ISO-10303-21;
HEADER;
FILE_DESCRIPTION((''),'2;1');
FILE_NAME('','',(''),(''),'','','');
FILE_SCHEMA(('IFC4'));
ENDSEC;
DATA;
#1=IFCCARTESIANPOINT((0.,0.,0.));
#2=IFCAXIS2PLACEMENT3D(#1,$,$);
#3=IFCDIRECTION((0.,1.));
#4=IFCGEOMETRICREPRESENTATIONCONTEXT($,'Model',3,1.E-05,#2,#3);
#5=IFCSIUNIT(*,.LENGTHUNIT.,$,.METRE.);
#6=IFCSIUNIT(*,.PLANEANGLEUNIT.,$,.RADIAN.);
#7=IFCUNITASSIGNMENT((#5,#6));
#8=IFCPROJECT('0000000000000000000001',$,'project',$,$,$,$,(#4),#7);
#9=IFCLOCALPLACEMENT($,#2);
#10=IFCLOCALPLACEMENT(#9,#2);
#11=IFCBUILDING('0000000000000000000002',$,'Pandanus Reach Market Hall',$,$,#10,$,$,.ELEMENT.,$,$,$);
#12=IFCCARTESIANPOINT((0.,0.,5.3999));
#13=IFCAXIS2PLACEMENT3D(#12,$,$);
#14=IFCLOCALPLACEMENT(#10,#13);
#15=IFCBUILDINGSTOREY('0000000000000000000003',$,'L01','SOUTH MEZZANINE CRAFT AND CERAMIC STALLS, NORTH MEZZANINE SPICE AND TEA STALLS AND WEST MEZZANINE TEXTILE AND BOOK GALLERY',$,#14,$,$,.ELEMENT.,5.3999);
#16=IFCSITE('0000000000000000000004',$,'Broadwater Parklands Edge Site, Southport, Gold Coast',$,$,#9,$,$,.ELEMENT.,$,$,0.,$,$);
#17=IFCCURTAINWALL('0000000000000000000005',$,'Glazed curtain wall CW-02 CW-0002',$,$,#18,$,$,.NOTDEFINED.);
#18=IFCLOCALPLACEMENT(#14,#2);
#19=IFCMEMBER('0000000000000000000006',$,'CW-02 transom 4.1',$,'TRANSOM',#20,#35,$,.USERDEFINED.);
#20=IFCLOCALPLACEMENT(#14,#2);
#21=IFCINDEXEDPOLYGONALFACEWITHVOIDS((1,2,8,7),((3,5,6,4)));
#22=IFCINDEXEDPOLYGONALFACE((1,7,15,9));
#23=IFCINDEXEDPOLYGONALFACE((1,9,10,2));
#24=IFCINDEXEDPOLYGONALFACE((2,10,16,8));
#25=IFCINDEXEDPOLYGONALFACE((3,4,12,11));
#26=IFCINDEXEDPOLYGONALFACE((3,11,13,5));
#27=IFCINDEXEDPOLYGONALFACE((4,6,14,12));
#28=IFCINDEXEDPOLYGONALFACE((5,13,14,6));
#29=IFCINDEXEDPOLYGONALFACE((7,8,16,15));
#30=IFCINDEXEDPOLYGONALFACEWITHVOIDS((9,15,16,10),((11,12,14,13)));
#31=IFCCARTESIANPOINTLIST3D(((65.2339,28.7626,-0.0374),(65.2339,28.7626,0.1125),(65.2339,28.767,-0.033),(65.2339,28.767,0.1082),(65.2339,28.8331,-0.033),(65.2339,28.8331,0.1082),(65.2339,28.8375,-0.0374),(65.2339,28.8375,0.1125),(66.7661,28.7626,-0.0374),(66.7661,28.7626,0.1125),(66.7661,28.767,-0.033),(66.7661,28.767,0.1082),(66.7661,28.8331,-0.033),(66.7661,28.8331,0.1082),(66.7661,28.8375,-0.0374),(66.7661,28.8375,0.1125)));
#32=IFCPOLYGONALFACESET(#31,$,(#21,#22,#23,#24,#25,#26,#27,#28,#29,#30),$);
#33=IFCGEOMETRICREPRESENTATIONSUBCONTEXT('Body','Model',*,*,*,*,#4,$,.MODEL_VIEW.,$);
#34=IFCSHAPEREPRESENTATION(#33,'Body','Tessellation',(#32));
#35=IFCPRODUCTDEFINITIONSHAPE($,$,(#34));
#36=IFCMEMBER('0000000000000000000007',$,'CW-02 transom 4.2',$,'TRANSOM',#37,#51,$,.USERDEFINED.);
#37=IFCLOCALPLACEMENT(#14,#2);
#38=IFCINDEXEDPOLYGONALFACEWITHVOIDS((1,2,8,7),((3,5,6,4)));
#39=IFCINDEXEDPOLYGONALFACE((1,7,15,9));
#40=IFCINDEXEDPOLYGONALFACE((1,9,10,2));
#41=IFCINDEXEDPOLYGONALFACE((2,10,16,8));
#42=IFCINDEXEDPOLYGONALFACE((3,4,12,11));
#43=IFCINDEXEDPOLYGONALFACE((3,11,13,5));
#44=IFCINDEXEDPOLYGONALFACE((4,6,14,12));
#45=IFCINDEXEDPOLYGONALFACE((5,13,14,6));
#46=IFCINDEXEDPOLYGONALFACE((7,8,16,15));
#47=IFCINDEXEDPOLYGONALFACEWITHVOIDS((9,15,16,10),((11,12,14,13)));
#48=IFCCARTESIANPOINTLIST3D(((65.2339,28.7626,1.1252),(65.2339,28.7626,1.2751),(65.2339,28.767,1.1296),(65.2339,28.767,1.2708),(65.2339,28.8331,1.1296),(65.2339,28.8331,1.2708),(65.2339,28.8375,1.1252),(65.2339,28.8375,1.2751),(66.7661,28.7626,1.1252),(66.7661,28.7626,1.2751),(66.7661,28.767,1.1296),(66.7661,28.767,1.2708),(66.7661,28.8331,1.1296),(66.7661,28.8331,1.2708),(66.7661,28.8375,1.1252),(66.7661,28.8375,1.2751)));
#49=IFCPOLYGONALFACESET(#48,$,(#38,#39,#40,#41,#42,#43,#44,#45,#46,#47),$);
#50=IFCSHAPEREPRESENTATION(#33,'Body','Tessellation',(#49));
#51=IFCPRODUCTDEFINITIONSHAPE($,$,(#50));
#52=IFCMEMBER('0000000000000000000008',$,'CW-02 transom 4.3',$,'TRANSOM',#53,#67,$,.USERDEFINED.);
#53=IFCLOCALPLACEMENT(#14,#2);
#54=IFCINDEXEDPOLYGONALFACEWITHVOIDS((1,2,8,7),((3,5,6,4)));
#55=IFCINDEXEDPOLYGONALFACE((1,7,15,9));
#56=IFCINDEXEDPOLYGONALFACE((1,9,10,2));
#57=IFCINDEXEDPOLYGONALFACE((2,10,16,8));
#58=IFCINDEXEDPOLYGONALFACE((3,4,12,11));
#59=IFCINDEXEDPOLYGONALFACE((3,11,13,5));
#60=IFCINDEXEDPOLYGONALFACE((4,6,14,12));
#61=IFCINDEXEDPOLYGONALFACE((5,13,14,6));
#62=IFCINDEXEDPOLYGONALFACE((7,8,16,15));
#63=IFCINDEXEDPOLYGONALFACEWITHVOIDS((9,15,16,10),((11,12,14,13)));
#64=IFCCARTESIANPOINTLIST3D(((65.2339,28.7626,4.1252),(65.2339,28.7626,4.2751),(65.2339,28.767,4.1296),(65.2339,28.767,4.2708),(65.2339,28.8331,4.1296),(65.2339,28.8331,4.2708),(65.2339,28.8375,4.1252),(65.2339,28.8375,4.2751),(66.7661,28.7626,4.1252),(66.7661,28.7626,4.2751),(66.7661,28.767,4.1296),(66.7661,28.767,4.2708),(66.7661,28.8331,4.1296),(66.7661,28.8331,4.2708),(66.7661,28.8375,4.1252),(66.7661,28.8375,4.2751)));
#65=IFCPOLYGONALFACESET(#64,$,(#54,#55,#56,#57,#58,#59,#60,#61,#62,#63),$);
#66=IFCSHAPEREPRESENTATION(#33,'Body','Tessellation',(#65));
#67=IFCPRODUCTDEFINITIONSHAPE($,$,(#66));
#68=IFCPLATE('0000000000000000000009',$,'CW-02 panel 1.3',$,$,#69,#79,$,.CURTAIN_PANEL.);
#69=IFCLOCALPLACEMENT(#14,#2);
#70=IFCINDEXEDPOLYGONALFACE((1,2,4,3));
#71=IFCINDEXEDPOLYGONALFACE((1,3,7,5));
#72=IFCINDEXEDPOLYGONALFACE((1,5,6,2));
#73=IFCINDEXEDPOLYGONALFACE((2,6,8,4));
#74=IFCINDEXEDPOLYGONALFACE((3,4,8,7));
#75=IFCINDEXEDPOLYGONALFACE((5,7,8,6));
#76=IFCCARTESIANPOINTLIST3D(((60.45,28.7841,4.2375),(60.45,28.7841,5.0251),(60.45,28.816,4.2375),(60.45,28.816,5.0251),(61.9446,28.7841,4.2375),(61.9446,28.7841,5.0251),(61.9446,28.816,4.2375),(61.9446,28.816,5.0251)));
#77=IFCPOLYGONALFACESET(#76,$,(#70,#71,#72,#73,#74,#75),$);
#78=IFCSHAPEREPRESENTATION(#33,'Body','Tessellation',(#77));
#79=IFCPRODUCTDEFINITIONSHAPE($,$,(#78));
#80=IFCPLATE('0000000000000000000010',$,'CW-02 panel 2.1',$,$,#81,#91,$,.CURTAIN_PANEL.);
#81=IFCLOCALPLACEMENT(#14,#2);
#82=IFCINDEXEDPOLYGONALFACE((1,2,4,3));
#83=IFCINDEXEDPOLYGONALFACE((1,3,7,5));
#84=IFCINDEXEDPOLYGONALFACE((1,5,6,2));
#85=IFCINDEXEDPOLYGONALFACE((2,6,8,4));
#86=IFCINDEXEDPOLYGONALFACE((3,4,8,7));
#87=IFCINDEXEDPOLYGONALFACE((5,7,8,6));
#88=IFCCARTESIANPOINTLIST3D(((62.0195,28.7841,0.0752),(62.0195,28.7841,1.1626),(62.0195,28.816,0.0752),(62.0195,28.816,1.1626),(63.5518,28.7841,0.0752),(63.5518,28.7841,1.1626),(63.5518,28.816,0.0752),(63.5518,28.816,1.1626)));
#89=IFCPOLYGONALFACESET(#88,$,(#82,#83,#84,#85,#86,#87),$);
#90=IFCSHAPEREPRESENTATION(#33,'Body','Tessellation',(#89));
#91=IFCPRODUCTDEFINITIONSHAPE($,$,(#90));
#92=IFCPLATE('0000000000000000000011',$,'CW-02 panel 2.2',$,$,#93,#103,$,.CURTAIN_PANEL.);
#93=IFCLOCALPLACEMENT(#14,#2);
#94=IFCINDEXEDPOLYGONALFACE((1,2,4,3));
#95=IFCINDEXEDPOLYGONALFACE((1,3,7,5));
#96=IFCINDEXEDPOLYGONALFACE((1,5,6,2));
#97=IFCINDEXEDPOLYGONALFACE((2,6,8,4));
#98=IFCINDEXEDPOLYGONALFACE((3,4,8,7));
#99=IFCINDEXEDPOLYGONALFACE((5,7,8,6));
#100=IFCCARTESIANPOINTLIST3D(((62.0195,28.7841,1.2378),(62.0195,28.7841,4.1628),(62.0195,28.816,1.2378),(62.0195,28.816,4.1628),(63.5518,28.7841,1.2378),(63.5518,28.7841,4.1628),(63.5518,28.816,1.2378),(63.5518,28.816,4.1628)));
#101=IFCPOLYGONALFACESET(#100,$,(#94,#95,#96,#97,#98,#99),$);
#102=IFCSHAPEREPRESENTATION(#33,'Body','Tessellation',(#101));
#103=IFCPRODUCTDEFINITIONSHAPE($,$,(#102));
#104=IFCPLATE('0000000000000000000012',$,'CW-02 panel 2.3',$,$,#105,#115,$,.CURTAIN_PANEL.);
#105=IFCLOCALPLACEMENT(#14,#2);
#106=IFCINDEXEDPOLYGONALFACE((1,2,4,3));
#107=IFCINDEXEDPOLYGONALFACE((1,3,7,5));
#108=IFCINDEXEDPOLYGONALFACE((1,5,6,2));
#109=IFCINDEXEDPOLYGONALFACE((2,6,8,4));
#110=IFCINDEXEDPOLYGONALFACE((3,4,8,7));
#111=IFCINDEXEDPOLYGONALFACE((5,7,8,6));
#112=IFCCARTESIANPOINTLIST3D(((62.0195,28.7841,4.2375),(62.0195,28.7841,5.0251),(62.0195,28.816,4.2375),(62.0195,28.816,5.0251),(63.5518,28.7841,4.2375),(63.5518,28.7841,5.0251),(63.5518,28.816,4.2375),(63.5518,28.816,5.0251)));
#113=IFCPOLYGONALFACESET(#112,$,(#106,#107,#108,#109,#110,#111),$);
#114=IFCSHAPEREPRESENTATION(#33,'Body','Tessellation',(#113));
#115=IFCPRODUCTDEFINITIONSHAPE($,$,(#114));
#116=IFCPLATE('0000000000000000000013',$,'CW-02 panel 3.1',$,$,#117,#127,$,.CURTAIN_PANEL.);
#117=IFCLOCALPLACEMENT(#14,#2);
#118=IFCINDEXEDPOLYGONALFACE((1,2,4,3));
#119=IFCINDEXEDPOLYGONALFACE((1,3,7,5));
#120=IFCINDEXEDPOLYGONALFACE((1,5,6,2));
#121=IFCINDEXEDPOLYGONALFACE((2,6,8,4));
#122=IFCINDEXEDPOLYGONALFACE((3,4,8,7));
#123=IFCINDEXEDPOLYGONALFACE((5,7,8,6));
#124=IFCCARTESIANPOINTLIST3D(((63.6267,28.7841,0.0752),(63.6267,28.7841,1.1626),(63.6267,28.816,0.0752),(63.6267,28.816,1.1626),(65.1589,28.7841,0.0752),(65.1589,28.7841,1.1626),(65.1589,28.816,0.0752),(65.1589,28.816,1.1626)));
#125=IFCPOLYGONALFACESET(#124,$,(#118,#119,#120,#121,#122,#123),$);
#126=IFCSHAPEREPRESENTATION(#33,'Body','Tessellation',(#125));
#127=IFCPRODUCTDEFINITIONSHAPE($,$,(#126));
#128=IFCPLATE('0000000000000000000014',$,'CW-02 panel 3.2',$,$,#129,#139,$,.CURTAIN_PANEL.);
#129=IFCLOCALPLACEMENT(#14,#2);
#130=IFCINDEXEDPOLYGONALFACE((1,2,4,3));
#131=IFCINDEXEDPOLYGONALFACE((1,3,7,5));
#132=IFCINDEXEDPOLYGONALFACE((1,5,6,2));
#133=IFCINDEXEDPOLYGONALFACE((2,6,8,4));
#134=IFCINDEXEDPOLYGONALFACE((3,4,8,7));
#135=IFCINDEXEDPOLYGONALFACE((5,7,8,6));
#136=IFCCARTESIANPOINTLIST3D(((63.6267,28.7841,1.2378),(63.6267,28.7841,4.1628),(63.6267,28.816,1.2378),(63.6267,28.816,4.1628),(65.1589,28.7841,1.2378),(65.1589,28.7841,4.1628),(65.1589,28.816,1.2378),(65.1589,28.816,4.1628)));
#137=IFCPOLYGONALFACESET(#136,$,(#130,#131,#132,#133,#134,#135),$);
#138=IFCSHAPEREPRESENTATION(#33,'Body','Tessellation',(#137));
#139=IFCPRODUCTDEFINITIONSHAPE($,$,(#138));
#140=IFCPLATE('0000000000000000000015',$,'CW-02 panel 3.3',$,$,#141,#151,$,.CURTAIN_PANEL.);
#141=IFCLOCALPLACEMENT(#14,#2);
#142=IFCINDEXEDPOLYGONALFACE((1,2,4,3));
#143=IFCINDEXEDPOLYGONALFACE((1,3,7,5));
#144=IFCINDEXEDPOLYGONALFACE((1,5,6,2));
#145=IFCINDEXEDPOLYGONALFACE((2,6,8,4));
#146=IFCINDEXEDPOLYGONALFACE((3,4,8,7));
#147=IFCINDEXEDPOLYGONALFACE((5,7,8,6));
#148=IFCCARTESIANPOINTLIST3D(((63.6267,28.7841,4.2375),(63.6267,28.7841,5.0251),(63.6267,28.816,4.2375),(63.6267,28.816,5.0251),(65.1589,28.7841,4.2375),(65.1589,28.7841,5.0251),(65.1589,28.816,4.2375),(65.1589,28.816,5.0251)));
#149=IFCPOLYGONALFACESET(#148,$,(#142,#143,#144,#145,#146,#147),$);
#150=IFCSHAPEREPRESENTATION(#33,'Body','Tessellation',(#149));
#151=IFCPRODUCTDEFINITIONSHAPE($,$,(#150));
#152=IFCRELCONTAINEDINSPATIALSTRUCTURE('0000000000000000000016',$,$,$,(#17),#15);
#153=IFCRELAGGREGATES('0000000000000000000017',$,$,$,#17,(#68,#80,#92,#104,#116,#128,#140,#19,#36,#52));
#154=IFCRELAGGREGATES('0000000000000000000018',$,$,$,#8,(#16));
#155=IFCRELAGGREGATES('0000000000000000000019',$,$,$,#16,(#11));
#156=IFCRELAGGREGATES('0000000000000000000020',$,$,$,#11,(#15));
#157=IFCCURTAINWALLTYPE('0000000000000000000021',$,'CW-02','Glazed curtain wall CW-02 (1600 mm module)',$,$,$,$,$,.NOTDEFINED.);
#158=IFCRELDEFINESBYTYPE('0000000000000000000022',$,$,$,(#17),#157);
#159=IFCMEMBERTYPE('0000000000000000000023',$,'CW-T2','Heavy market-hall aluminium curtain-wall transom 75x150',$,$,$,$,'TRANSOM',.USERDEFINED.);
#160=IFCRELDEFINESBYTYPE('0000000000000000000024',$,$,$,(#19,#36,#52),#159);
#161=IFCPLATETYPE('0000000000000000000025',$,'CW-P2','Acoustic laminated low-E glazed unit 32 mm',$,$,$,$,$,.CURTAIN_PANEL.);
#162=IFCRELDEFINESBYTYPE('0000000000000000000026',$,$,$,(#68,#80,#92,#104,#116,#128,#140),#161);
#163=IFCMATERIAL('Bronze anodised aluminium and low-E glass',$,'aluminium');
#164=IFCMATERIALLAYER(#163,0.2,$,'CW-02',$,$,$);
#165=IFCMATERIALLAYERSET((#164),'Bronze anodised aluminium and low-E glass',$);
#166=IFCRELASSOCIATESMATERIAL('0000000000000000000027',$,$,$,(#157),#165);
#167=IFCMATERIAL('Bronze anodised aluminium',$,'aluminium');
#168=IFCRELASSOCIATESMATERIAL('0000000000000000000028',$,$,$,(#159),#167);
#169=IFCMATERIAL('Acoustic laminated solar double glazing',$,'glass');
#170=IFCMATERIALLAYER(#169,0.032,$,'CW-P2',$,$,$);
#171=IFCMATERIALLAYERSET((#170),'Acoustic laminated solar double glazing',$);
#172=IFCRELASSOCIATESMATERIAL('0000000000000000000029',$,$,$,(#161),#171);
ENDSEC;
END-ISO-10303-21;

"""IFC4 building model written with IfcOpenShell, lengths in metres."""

from ifc_helpers import new_model, si_unit, direction, frame, origin, origin_2d, place, context, subcontext, project, spatial, rectangle, hollow_rectangle, extrude, material, layer, layer_set, material_profile, profile_set, type_object, element, aggregate, save


model = new_model("IFC4")

# Units and contexts
model_context = context("Model", 3, precision=1e-05, world=origin(), true_north=direction((0.0, 1.0)))
body_context = subcontext(model_context, "Body", "Model", "MODEL_VIEW")
ifc_project = project(units=[si_unit("LENGTHUNIT", "METRE"), si_unit("PLANEANGLEUNIT", "RADIAN")], contexts=[model_context])

# Site, building, storey
site_placement = place(None, origin())
site = spatial("IfcSite", under=ifc_project, at=site_placement, Name="Broadwater Parklands Edge Site, Southport, Gold Coast", CompositionType="ELEMENT", RefElevation=0.0)
building_placement = place(site_placement, origin())
building = spatial("IfcBuilding", under=site, at=building_placement, Name="Pandanus Reach Market Hall", CompositionType="ELEMENT")
storey_placement = place(building_placement, frame((0.0, 0.0, 5.3999)))
storey = spatial("IfcBuildingStorey", under=building, at=storey_placement, Name="L01", Description="SOUTH MEZZANINE CRAFT AND CERAMIC STALLS, NORTH MEZZANINE SPICE AND TEA STALLS AND WEST MEZZANINE TEXTILE AND BOOK GALLERY", CompositionType="ELEMENT", Elevation=5.3999)

# Curtain wall, members, plates
ifc_material_1 = material(Name="Bronze anodised aluminium and low-E glass", Category="aluminium")
ifc_layer_1 = layer(ifc_material_1, 0.2, Name="CW-02")
ifc_layer_set_1 = layer_set([ifc_layer_1], Name="Bronze anodised aluminium and low-E glass")
curtain_wall_type = type_object("IfcCurtainWallType", Name="CW-02", Description="Glazed curtain wall CW-02 (1600 mm module)", PredefinedType="NOTDEFINED", material=ifc_layer_set_1)
curtain_wall_placement = place(storey_placement, origin())
curtain_wall = element("IfcCurtainWall", 1, at=curtain_wall_placement, inside=storey, type_object=curtain_wall_type, Name="Glazed curtain wall CW-02 CW-0002", PredefinedType="NOTDEFINED")
ifc_material_2 = material(Name="Bronze anodised aluminium", Category="aluminium")
ifc_material_profile_1 = material_profile(ifc_material_2, hollow_rectangle(XDim=0.075, YDim=0.1499, WallThickness=0.0044, at=origin_2d()), Name="ALU75x150", Category="LoadBearing")
ifc_profile_set_1 = profile_set([ifc_material_profile_1], Name="Bronze anodised aluminium")
member_type_1 = type_object("IfcMemberType", Name="CW-T2", Description="Heavy market-hall aluminium curtain-wall transom 75x150", ElementType="TRANSOM", PredefinedType="USERDEFINED", material=ifc_profile_set_1)
member_1_placement = place(storey_placement, frame((65.2339, 28.8, 0.0376), z_axis=(1.0, 0.0, 0.0), x_axis=(0.0, 1.0, 0.0)))
member_1 = element("IfcMember", 2, at=member_1_placement, type_object=member_type_1, Name="CW-02 transom 4.1", ObjectType="TRANSOM", PredefinedType="USERDEFINED", context=body_context, shape_type="SweptSolid", body=[
    extrude(hollow_rectangle(XDim=0.075, YDim=0.1499, WallThickness=0.0044, at=origin_2d()), origin(), (0.0, 0.0, 1.0), 1.5322),
])
member_2_placement = place(storey_placement, frame((65.2339, 28.8, 1.2002), z_axis=(1.0, 0.0, 0.0), x_axis=(0.0, 1.0, 0.0)))
member_2 = element("IfcMember", 3, at=member_2_placement, type_object=member_type_1, Name="CW-02 transom 4.2", ObjectType="TRANSOM", PredefinedType="USERDEFINED", context=body_context, shape_type="SweptSolid", body=[
    extrude(hollow_rectangle(XDim=0.075, YDim=0.1499, WallThickness=0.0044, at=origin_2d()), origin(), (0.0, 0.0, 1.0), 1.5322),
])
member_3_placement = place(storey_placement, frame((65.2339, 28.8, 4.2002), z_axis=(1.0, 0.0, 0.0), x_axis=(0.0, 1.0, 0.0)))
member_3 = element("IfcMember", 4, at=member_3_placement, type_object=member_type_1, Name="CW-02 transom 4.3", ObjectType="TRANSOM", PredefinedType="USERDEFINED", context=body_context, shape_type="SweptSolid", body=[
    extrude(hollow_rectangle(XDim=0.075, YDim=0.1499, WallThickness=0.0044, at=origin_2d()), origin(), (0.0, 0.0, 1.0), 1.5322),
])
ifc_material_3 = material(Name="Acoustic laminated solar double glazing", Category="glass")
ifc_layer_2 = layer(ifc_material_3, 0.032, Name="CW-P2")
ifc_layer_set_2 = layer_set([ifc_layer_2], Name="Acoustic laminated solar double glazing")
plate_type = type_object("IfcPlateType", Name="CW-P2", Description="Acoustic laminated low-E glazed unit 32 mm", PredefinedType="CURTAIN_PANEL", material=ifc_layer_set_2)
plate_1_placement = place(storey_placement, frame((61.1973, 28.8, 4.2375), z_axis=(0.0, 0.0, 1.0), x_axis=(1.0, 0.0, 0.0)))
plate_1 = element("IfcPlate", 5, at=plate_1_placement, type_object=plate_type, Name="CW-02 panel 1.3", PredefinedType="CURTAIN_PANEL", context=body_context, shape_type="SweptSolid", body=[
    extrude(rectangle(XDim=1.4946, YDim=0.032, at=origin_2d()), origin(), (0.0, 0.0, 1.0), 0.7876),
])
plate_2_placement = place(storey_placement, frame((62.7856, 28.8, 0.0752), z_axis=(0.0, 0.0, 1.0), x_axis=(1.0, 0.0, 0.0)))
plate_2 = element("IfcPlate", 6, at=plate_2_placement, type_object=plate_type, Name="CW-02 panel 2.1", PredefinedType="CURTAIN_PANEL", context=body_context, shape_type="SweptSolid", body=[
    extrude(rectangle(XDim=1.5322, YDim=0.032, at=origin_2d()), origin(), (0.0, 0.0, 1.0), 1.0874),
])
plate_3_placement = place(storey_placement, frame((62.7856, 28.8, 1.2378), z_axis=(0.0, 0.0, 1.0), x_axis=(1.0, 0.0, 0.0)))
plate_3 = element("IfcPlate", 7, at=plate_3_placement, type_object=plate_type, Name="CW-02 panel 2.2", PredefinedType="CURTAIN_PANEL", context=body_context, shape_type="SweptSolid", body=[
    extrude(rectangle(XDim=1.5322, YDim=0.032, at=origin_2d()), origin(), (0.0, 0.0, 1.0), 2.925),
])
plate_4_placement = place(storey_placement, frame((62.7856, 28.8, 4.2375), z_axis=(0.0, 0.0, 1.0), x_axis=(1.0, 0.0, 0.0)))
plate_4 = element("IfcPlate", 8, at=plate_4_placement, type_object=plate_type, Name="CW-02 panel 2.3", PredefinedType="CURTAIN_PANEL", context=body_context, shape_type="SweptSolid", body=[
    extrude(rectangle(XDim=1.5322, YDim=0.032, at=origin_2d()), origin(), (0.0, 0.0, 1.0), 0.7876),
])
plate_5_placement = place(storey_placement, frame((64.3928, 28.8, 0.0752), z_axis=(0.0, 0.0, 1.0), x_axis=(1.0, 0.0, 0.0)))
plate_5 = element("IfcPlate", 9, at=plate_5_placement, type_object=plate_type, Name="CW-02 panel 3.1", PredefinedType="CURTAIN_PANEL", context=body_context, shape_type="SweptSolid", body=[
    extrude(rectangle(XDim=1.5322, YDim=0.032, at=origin_2d()), origin(), (0.0, 0.0, 1.0), 1.0874),
])
plate_6_placement = place(storey_placement, frame((64.3928, 28.8, 1.2378), z_axis=(0.0, 0.0, 1.0), x_axis=(1.0, 0.0, 0.0)))
plate_6 = element("IfcPlate", 10, at=plate_6_placement, type_object=plate_type, Name="CW-02 panel 3.2", PredefinedType="CURTAIN_PANEL", context=body_context, shape_type="SweptSolid", body=[
    extrude(rectangle(XDim=1.5322, YDim=0.032, at=origin_2d()), origin(), (0.0, 0.0, 1.0), 2.925),
])
plate_7_placement = place(storey_placement, frame((64.3928, 28.8, 4.2375), z_axis=(0.0, 0.0, 1.0), x_axis=(1.0, 0.0, 0.0)))
plate_7 = element("IfcPlate", 11, at=plate_7_placement, type_object=plate_type, Name="CW-02 panel 3.3", PredefinedType="CURTAIN_PANEL", context=body_context, shape_type="SweptSolid", body=[
    extrude(rectangle(XDim=1.5322, YDim=0.032, at=origin_2d()), origin(), (0.0, 0.0, 1.0), 0.7876),
])
aggregate(curtain_wall, [plate_1, plate_2, plate_3, plate_4, plate_5, plate_6, plate_7, member_1, member_2, member_3])

save(model, "model.ifc")
